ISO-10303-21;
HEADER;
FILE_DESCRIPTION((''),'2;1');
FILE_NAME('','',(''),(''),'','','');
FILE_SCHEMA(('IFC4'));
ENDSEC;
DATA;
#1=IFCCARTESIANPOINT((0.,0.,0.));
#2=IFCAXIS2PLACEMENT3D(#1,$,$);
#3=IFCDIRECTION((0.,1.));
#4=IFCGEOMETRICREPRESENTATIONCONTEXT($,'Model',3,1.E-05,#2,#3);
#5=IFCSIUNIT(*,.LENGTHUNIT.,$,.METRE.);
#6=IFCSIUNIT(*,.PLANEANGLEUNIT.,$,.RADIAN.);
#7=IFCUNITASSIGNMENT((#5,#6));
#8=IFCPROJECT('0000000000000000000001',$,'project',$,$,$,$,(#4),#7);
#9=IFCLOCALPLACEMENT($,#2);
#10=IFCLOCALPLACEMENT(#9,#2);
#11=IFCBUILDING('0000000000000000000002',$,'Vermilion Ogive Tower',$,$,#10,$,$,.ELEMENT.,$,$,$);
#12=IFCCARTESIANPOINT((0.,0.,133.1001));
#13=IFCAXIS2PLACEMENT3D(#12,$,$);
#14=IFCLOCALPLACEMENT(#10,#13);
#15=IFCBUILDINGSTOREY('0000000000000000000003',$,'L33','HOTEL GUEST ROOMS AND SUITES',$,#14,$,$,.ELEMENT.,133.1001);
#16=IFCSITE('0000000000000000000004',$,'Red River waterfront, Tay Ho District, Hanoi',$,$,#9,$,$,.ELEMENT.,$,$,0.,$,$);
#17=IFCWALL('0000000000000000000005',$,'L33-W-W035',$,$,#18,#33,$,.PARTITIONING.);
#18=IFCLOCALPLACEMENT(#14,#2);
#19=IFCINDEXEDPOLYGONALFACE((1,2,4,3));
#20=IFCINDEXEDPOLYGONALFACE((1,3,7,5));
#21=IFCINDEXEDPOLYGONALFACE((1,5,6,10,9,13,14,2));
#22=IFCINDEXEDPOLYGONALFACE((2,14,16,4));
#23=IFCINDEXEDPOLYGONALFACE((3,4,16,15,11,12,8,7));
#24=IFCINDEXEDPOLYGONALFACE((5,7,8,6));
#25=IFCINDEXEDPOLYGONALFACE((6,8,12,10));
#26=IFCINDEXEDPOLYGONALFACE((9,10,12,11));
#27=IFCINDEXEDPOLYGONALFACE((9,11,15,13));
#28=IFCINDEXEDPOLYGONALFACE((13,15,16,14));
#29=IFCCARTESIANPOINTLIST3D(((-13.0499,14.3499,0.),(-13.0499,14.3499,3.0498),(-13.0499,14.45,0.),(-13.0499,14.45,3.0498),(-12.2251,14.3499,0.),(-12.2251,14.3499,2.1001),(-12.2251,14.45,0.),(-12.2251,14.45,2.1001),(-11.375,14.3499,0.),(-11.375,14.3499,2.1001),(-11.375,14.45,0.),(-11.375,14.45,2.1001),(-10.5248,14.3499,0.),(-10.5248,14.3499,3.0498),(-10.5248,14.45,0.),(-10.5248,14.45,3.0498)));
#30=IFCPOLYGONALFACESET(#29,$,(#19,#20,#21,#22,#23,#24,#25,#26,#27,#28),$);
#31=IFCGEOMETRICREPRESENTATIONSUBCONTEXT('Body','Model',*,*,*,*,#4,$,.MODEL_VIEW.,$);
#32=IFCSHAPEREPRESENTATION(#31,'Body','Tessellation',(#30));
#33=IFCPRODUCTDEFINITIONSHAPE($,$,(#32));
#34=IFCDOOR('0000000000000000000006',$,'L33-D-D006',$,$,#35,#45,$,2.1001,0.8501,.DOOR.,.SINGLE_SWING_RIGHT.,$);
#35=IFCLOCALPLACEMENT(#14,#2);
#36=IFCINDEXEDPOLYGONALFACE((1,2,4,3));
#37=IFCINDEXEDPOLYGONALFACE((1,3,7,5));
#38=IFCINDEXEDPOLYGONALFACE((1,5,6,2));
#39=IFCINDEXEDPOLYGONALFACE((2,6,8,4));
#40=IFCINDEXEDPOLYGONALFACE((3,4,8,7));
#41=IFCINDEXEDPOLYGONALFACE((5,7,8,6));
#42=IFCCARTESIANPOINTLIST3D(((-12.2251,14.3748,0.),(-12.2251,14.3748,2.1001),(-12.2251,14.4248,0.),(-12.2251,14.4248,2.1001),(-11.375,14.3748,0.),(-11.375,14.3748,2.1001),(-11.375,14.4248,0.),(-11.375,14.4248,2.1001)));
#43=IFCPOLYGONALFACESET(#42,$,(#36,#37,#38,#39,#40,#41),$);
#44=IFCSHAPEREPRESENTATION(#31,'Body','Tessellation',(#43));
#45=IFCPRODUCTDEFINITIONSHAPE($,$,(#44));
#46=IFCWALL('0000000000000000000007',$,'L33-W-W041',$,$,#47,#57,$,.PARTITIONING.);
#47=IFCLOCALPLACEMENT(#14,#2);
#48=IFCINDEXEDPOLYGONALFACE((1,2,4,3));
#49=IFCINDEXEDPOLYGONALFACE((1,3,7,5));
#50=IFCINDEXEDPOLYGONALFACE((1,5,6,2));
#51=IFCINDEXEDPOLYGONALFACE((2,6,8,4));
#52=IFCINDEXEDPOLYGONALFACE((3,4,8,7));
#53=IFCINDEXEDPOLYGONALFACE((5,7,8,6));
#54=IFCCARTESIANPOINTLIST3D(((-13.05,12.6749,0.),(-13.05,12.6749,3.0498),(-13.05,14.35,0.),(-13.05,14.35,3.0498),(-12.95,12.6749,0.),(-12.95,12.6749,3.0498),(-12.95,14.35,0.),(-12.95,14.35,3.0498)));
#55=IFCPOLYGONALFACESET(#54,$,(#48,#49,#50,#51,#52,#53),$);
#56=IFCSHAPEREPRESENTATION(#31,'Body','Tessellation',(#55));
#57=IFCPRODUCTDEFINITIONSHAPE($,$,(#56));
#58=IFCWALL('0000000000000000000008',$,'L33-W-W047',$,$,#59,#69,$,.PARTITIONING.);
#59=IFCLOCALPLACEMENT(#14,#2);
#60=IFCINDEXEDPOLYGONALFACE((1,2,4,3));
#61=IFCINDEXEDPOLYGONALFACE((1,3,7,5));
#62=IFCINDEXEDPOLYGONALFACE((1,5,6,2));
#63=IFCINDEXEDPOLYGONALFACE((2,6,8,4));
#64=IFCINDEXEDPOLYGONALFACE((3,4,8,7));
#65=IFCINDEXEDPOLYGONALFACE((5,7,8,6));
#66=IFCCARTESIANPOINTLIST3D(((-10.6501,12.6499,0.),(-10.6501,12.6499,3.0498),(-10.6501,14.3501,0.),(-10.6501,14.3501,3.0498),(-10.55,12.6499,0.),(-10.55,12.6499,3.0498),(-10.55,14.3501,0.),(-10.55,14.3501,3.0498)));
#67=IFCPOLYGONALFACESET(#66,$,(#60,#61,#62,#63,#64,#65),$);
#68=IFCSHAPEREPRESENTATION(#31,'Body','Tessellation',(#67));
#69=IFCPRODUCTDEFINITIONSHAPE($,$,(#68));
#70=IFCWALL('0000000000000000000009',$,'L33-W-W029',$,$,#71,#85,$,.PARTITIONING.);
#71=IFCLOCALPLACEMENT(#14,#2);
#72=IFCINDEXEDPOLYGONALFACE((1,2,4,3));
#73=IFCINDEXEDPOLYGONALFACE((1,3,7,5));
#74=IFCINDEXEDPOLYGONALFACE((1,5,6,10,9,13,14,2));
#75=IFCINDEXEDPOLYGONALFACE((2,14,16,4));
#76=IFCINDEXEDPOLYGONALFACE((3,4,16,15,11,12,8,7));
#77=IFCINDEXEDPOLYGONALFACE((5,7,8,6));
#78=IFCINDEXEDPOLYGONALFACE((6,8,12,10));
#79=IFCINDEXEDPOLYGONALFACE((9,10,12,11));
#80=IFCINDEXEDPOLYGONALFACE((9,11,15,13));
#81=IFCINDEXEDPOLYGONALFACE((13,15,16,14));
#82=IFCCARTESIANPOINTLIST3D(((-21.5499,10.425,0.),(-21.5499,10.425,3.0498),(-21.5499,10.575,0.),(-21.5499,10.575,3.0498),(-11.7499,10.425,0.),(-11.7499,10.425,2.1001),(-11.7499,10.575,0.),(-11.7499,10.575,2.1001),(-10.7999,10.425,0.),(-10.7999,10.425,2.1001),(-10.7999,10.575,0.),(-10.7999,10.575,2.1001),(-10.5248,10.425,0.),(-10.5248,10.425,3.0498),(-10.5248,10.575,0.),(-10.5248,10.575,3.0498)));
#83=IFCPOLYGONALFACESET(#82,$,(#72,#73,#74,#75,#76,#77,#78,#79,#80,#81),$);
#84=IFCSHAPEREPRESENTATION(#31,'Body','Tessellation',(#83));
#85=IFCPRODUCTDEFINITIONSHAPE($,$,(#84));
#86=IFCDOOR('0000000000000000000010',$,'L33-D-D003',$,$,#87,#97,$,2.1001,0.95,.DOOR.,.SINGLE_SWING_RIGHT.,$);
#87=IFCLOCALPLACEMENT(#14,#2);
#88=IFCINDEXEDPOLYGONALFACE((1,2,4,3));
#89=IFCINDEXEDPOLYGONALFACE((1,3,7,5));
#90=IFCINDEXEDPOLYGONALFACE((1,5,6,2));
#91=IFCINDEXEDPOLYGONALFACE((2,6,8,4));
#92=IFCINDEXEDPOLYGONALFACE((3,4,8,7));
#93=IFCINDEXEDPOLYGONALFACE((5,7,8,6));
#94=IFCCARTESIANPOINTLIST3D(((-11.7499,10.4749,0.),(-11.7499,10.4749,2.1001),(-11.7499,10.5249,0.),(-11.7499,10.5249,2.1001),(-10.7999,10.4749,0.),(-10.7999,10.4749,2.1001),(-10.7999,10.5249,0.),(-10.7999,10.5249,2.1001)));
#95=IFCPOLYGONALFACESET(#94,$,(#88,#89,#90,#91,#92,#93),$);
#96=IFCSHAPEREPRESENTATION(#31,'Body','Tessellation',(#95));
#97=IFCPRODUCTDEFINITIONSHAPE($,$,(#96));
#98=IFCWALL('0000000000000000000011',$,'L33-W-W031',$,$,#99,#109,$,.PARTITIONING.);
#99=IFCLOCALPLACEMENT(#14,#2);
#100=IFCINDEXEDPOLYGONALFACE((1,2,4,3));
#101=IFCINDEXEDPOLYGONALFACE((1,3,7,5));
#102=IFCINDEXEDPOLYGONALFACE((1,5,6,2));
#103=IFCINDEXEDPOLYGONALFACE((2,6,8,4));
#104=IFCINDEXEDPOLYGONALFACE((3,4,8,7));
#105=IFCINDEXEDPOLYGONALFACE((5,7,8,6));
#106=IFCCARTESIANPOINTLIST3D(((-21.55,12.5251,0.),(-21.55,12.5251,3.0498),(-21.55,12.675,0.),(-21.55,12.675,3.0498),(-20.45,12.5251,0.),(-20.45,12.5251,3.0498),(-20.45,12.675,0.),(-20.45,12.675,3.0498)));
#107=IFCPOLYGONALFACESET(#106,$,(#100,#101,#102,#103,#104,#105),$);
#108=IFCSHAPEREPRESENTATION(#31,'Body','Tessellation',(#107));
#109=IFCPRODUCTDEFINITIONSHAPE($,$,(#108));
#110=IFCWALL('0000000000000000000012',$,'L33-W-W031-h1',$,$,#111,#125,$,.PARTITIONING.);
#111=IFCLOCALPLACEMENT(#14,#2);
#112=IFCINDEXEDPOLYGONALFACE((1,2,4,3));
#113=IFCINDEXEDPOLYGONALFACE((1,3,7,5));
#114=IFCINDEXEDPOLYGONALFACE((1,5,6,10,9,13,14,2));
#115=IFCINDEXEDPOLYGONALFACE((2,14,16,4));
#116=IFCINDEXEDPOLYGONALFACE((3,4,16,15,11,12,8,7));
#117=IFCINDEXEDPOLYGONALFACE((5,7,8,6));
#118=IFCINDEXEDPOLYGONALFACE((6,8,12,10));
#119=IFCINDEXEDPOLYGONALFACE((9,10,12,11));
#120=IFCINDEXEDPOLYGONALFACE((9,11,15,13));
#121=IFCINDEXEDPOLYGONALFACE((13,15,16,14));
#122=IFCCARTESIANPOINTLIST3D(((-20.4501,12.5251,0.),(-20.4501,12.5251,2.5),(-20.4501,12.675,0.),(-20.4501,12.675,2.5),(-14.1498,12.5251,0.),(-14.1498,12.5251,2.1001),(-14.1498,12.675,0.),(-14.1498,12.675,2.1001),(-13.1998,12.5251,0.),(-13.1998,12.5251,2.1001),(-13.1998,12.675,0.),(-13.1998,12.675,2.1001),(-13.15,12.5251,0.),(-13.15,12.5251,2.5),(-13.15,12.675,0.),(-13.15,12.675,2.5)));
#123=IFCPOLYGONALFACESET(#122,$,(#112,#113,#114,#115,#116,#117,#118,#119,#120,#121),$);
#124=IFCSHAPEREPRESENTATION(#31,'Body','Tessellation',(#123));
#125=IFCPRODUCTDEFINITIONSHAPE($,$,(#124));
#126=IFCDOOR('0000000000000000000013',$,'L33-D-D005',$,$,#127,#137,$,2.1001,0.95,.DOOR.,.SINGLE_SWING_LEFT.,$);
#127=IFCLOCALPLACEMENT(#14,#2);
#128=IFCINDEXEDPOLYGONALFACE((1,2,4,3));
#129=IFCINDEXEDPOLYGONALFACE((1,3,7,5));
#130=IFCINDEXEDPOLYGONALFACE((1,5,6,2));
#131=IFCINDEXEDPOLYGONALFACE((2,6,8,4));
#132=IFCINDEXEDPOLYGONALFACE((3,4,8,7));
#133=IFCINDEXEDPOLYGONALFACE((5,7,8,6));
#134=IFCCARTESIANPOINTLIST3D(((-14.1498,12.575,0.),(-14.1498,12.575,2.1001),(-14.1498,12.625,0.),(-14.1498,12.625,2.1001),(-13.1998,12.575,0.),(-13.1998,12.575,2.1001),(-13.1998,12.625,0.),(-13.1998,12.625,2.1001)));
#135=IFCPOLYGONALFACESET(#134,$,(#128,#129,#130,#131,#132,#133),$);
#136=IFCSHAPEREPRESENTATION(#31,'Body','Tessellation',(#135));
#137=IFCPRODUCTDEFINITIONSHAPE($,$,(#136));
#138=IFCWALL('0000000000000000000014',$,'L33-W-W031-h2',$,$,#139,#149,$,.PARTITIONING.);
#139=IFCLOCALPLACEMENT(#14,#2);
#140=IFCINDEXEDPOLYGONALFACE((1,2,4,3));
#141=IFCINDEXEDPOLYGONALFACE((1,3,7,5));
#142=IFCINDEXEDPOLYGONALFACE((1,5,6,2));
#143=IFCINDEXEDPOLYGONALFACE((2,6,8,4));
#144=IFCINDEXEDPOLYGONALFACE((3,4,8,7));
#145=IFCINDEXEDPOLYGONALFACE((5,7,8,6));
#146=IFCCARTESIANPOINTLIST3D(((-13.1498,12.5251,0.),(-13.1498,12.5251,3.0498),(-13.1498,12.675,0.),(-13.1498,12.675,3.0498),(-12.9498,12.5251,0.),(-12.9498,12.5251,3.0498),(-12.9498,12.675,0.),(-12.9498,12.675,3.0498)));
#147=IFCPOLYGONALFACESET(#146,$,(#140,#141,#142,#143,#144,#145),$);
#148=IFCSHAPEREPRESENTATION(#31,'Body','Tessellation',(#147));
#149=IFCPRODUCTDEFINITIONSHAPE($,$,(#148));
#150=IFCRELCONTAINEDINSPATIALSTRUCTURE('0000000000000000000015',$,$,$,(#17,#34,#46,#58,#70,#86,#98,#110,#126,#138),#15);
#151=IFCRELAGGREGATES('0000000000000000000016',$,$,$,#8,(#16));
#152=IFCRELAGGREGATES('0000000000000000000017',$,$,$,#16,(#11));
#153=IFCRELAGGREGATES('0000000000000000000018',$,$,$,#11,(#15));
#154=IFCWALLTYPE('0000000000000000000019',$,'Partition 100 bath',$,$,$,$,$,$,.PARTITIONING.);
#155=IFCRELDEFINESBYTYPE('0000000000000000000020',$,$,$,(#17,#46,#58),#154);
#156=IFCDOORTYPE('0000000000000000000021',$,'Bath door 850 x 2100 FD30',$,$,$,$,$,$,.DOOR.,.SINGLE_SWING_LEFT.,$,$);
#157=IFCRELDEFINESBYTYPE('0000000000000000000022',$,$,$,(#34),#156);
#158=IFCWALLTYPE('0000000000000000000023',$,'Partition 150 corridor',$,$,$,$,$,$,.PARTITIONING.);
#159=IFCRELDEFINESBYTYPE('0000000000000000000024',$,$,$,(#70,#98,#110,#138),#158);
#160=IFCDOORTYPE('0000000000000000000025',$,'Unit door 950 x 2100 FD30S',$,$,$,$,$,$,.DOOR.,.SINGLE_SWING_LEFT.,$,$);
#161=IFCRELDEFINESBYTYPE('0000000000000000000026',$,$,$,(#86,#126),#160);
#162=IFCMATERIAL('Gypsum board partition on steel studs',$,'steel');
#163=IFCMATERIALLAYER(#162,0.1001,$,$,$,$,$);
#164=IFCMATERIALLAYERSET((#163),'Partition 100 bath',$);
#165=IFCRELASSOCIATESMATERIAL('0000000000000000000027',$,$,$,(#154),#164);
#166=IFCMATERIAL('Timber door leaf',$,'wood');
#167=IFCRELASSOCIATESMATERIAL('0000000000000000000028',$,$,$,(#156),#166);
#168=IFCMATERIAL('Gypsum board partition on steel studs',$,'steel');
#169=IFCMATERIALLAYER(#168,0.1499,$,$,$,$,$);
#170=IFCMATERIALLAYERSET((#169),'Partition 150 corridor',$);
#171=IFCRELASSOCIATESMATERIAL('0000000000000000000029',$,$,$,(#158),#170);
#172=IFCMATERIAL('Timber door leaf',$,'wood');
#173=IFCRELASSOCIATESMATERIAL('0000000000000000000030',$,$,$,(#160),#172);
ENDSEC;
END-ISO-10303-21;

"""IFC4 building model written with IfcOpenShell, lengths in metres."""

from ifc_helpers import new_model, si_unit, direction, frame, frame_2d, origin, place, context, subcontext, project, spatial, rectangle, extrude, material, layer, layer_set, type_object, element, fill, save


model = new_model("IFC4")

# Units and contexts
model_context = context("Model", 3, precision=1e-05, world=origin(), true_north=direction((0.0, 1.0)))
body_context = subcontext(model_context, "Body", "Model", "MODEL_VIEW")
ifc_project = project(units=[si_unit("LENGTHUNIT", "METRE"), si_unit("PLANEANGLEUNIT", "RADIAN")], contexts=[model_context])

# Site, building, storey
site_placement = place(None, origin())
site = spatial("IfcSite", under=ifc_project, at=site_placement, Name="Red River waterfront, Tay Ho District, Hanoi", CompositionType="ELEMENT", RefElevation=0.0)
building_placement = place(site_placement, origin())
building = spatial("IfcBuilding", under=site, at=building_placement, Name="Vermilion Ogive Tower", CompositionType="ELEMENT")
storey_placement = place(building_placement, frame((0.0, 0.0, 133.1001)))
storey = spatial("IfcBuildingStorey", under=building, at=storey_placement, Name="L33", Description="HOTEL GUEST ROOMS AND SUITES", CompositionType="ELEMENT", Elevation=133.1001)

# Shared definitions
ifc_material_1 = material(Name="Gypsum board partition on steel studs", Category="steel")
ifc_layer_1 = layer(ifc_material_1, 0.1001)
ifc_layer_set_1 = layer_set([ifc_layer_1], Name="Partition 100 bath")
wall_type_1 = type_object("IfcWallType", Name="Partition 100 bath", PredefinedType="PARTITIONING", material=ifc_layer_set_1)

# Wall, opening, door
wall_1_placement = place(storey_placement, frame((-13.05, 14.3999, 0.0), z_axis=(0.0, 0.0, 1.0), x_axis=(1.0, 0.0, 0.0)))
wall_1 = element("IfcWall", 1, at=wall_1_placement, inside=storey, type_object=wall_type_1, Name="L33-W-W035", PredefinedType="PARTITIONING", context=body_context, shape_type="SweptSolid", body=[
    extrude(rectangle(XDim=2.5251, YDim=0.1001, at=frame_2d((1.2627, 0.0))), origin(), (0.0, 0.0, 1.0), 3.0498),
])
opening_1_placement = place(wall_1_placement, frame((0.825, 0.0, 0.0)))
opening_1 = element("IfcOpeningElement", 2, at=opening_1_placement, cuts=wall_1, PredefinedType="OPENING", context=body_context, shape_type="SweptSolid", body=[
    extrude(rectangle(XDim=0.8501, YDim=2.1001, at=frame_2d((0.425, 1.05))), frame((0.0, 0.0601, 0.0), z_axis=(0.0, -1.0, 0.0), x_axis=(1.0, 0.0, 0.0)), (0.0, 0.0, 1.0), 0.1201),
])
ifc_material_2 = material(Name="Timber door leaf", Category="wood")
door_type_1 = type_object("IfcDoorType", Name="Bath door 850 x 2100 FD30", OperationType="SINGLE_SWING_LEFT", PredefinedType="DOOR", material=ifc_material_2)
door_1_placement = place(opening_1_placement, origin())
door_1 = element("IfcDoor", 3, at=door_1_placement, inside=storey, type_object=door_type_1, Name="L33-D-D006", OperationType="SINGLE_SWING_RIGHT", OverallHeight=2.1001, OverallWidth=0.8501, PredefinedType="DOOR", context=body_context, shape_type="SweptSolid", body=[
    extrude(rectangle(XDim=0.8501, YDim=2.1001, at=frame_2d((0.425, 1.05))), frame((0.0, 0.0249, 0.0), z_axis=(0.0, -1.0, 0.0), x_axis=(1.0, 0.0, 0.0)), (0.0, 0.0, 1.0), 0.05),
])
fill(opening_1, door_1)

# Walls
wall_2_placement = place(storey_placement, frame((-13.0, 12.675, 0.0), z_axis=(0.0, 0.0, 1.0), x_axis=(0.0, 1.0, 0.0)))
element("IfcWall", 4, at=wall_2_placement, inside=storey, type_object=wall_type_1, Name="L33-W-W041", PredefinedType="PARTITIONING", context=body_context, shape_type="SweptSolid", body=[
    extrude(rectangle(XDim=1.675, YDim=0.1001, at=frame_2d((0.8374, 0.0))), origin(), (0.0, 0.0, 1.0), 3.0498),
])
wall_3_placement = place(storey_placement, frame((-10.6001, 12.6499, 0.0), z_axis=(0.0, 0.0, 1.0), x_axis=(0.0, 1.0, 0.0)))
element("IfcWall", 5, at=wall_3_placement, inside=storey, type_object=wall_type_1, Name="L33-W-W047", PredefinedType="PARTITIONING", context=body_context, shape_type="SweptSolid", body=[
    extrude(rectangle(XDim=1.7002, YDim=0.1001, at=frame_2d((0.8501, 0.0))), origin(), (0.0, 0.0, 1.0), 3.0498),
])

# Wall, opening, door
ifc_material_3 = material(Name="Gypsum board partition on steel studs", Category="steel")
ifc_layer_2 = layer(ifc_material_3, 0.1499)
ifc_layer_set_2 = layer_set([ifc_layer_2], Name="Partition 150 corridor")
wall_type_2 = type_object("IfcWallType", Name="Partition 150 corridor", PredefinedType="PARTITIONING", material=ifc_layer_set_2)
wall_4_placement = place(storey_placement, frame((-21.55, 10.5, 0.0), z_axis=(0.0, 0.0, 1.0), x_axis=(1.0, 0.0, 0.0)))
wall_4 = element("IfcWall", 6, at=wall_4_placement, inside=storey, type_object=wall_type_2, Name="L33-W-W029", PredefinedType="PARTITIONING", context=body_context, shape_type="SweptSolid", body=[
    extrude(rectangle(XDim=11.0251, YDim=0.1499, at=frame_2d((5.5127, 0.0))), origin(), (0.0, 0.0, 1.0), 3.0498),
])
opening_2_placement = place(wall_4_placement, frame((9.8, 0.0, 0.0)))
opening_2 = element("IfcOpeningElement", 7, at=opening_2_placement, cuts=wall_4, PredefinedType="OPENING", context=body_context, shape_type="SweptSolid", body=[
    extrude(rectangle(XDim=0.95, YDim=2.1001, at=frame_2d((0.4751, 1.05))), frame((0.0, 0.085, 0.0), z_axis=(0.0, -1.0, 0.0), x_axis=(1.0, 0.0, 0.0)), (0.0, 0.0, 1.0), 0.1699),
])
ifc_material_4 = material(Name="Timber door leaf", Category="wood")
door_type_2 = type_object("IfcDoorType", Name="Unit door 950 x 2100 FD30S", OperationType="SINGLE_SWING_LEFT", PredefinedType="DOOR", material=ifc_material_4)
door_2_placement = place(opening_2_placement, origin())
door_2 = element("IfcDoor", 8, at=door_2_placement, inside=storey, type_object=door_type_2, Name="L33-D-D003", OperationType="SINGLE_SWING_RIGHT", OverallHeight=2.1001, OverallWidth=0.95, PredefinedType="DOOR", context=body_context, shape_type="SweptSolid", body=[
    extrude(rectangle(XDim=0.95, YDim=2.1001, at=frame_2d((0.4751, 1.05))), frame((0.0, 0.0249, 0.0), z_axis=(0.0, -1.0, 0.0), x_axis=(1.0, 0.0, 0.0)), (0.0, 0.0, 1.0), 0.05),
])
fill(opening_2, door_2)

# Wall
wall_5_placement = place(storey_placement, frame((-21.55, 12.6001, 0.0), z_axis=(0.0, 0.0, 1.0), x_axis=(1.0, 0.0, 0.0)))
element("IfcWall", 9, at=wall_5_placement, inside=storey, type_object=wall_type_2, Name="L33-W-W031", PredefinedType="PARTITIONING", context=body_context, shape_type="SweptSolid", body=[
    extrude(rectangle(XDim=1.1001, YDim=0.1499, at=frame_2d((0.55, 0.0))), origin(), (0.0, 0.0, 1.0), 3.0498),
])

# Wall, opening, door
wall_6_placement = place(storey_placement, frame((-20.45, 12.6001, 0.0), z_axis=(0.0, 0.0, 1.0), x_axis=(1.0, 0.0, 0.0)))
wall_6 = element("IfcWall", 10, at=wall_6_placement, inside=storey, type_object=wall_type_2, Name="L33-W-W031-h1", PredefinedType="PARTITIONING", context=body_context, shape_type="SweptSolid", body=[
    extrude(rectangle(XDim=7.3, YDim=0.1499, at=frame_2d((3.6499, 0.0))), origin(), (0.0, 0.0, 1.0), 2.5),
])
opening_3_placement = place(wall_6_placement, frame((6.3, 0.0, 0.0)))
opening_3 = element("IfcOpeningElement", 11, at=opening_3_placement, cuts=wall_6, PredefinedType="OPENING", context=body_context, shape_type="SweptSolid", body=[
    extrude(rectangle(XDim=0.95, YDim=2.1001, at=frame_2d((0.4751, 1.05))), frame((0.0, 0.085, 0.0), z_axis=(0.0, -1.0, 0.0), x_axis=(1.0, 0.0, 0.0)), (0.0, 0.0, 1.0), 0.1699),
])
door_3_placement = place(opening_3_placement, origin())
door_3 = element("IfcDoor", 12, at=door_3_placement, inside=storey, type_object=door_type_2, Name="L33-D-D005", OperationType="SINGLE_SWING_LEFT", OverallHeight=2.1001, OverallWidth=0.95, PredefinedType="DOOR", context=body_context, shape_type="SweptSolid", body=[
    extrude(rectangle(XDim=0.95, YDim=2.1001, at=frame_2d((0.4751, 1.05))), frame((0.0, 0.0249, 0.0), z_axis=(0.0, -1.0, 0.0), x_axis=(1.0, 0.0, 0.0)), (0.0, 0.0, 1.0), 0.05),
])
fill(opening_3, door_3)

# Wall
wall_7_placement = place(storey_placement, frame((-13.1499, 12.6001, 0.0), z_axis=(0.0, 0.0, 1.0), x_axis=(1.0, 0.0, 0.0)))
element("IfcWall", 13, at=wall_7_placement, inside=storey, type_object=wall_type_2, Name="L33-W-W031-h2", PredefinedType="PARTITIONING", context=body_context, shape_type="SweptSolid", body=[
    extrude(rectangle(XDim=0.2, YDim=0.1499, at=frame_2d((0.1001, 0.0))), origin(), (0.0, 0.0, 1.0), 3.0498),
])

save(model, "model.ifc")
